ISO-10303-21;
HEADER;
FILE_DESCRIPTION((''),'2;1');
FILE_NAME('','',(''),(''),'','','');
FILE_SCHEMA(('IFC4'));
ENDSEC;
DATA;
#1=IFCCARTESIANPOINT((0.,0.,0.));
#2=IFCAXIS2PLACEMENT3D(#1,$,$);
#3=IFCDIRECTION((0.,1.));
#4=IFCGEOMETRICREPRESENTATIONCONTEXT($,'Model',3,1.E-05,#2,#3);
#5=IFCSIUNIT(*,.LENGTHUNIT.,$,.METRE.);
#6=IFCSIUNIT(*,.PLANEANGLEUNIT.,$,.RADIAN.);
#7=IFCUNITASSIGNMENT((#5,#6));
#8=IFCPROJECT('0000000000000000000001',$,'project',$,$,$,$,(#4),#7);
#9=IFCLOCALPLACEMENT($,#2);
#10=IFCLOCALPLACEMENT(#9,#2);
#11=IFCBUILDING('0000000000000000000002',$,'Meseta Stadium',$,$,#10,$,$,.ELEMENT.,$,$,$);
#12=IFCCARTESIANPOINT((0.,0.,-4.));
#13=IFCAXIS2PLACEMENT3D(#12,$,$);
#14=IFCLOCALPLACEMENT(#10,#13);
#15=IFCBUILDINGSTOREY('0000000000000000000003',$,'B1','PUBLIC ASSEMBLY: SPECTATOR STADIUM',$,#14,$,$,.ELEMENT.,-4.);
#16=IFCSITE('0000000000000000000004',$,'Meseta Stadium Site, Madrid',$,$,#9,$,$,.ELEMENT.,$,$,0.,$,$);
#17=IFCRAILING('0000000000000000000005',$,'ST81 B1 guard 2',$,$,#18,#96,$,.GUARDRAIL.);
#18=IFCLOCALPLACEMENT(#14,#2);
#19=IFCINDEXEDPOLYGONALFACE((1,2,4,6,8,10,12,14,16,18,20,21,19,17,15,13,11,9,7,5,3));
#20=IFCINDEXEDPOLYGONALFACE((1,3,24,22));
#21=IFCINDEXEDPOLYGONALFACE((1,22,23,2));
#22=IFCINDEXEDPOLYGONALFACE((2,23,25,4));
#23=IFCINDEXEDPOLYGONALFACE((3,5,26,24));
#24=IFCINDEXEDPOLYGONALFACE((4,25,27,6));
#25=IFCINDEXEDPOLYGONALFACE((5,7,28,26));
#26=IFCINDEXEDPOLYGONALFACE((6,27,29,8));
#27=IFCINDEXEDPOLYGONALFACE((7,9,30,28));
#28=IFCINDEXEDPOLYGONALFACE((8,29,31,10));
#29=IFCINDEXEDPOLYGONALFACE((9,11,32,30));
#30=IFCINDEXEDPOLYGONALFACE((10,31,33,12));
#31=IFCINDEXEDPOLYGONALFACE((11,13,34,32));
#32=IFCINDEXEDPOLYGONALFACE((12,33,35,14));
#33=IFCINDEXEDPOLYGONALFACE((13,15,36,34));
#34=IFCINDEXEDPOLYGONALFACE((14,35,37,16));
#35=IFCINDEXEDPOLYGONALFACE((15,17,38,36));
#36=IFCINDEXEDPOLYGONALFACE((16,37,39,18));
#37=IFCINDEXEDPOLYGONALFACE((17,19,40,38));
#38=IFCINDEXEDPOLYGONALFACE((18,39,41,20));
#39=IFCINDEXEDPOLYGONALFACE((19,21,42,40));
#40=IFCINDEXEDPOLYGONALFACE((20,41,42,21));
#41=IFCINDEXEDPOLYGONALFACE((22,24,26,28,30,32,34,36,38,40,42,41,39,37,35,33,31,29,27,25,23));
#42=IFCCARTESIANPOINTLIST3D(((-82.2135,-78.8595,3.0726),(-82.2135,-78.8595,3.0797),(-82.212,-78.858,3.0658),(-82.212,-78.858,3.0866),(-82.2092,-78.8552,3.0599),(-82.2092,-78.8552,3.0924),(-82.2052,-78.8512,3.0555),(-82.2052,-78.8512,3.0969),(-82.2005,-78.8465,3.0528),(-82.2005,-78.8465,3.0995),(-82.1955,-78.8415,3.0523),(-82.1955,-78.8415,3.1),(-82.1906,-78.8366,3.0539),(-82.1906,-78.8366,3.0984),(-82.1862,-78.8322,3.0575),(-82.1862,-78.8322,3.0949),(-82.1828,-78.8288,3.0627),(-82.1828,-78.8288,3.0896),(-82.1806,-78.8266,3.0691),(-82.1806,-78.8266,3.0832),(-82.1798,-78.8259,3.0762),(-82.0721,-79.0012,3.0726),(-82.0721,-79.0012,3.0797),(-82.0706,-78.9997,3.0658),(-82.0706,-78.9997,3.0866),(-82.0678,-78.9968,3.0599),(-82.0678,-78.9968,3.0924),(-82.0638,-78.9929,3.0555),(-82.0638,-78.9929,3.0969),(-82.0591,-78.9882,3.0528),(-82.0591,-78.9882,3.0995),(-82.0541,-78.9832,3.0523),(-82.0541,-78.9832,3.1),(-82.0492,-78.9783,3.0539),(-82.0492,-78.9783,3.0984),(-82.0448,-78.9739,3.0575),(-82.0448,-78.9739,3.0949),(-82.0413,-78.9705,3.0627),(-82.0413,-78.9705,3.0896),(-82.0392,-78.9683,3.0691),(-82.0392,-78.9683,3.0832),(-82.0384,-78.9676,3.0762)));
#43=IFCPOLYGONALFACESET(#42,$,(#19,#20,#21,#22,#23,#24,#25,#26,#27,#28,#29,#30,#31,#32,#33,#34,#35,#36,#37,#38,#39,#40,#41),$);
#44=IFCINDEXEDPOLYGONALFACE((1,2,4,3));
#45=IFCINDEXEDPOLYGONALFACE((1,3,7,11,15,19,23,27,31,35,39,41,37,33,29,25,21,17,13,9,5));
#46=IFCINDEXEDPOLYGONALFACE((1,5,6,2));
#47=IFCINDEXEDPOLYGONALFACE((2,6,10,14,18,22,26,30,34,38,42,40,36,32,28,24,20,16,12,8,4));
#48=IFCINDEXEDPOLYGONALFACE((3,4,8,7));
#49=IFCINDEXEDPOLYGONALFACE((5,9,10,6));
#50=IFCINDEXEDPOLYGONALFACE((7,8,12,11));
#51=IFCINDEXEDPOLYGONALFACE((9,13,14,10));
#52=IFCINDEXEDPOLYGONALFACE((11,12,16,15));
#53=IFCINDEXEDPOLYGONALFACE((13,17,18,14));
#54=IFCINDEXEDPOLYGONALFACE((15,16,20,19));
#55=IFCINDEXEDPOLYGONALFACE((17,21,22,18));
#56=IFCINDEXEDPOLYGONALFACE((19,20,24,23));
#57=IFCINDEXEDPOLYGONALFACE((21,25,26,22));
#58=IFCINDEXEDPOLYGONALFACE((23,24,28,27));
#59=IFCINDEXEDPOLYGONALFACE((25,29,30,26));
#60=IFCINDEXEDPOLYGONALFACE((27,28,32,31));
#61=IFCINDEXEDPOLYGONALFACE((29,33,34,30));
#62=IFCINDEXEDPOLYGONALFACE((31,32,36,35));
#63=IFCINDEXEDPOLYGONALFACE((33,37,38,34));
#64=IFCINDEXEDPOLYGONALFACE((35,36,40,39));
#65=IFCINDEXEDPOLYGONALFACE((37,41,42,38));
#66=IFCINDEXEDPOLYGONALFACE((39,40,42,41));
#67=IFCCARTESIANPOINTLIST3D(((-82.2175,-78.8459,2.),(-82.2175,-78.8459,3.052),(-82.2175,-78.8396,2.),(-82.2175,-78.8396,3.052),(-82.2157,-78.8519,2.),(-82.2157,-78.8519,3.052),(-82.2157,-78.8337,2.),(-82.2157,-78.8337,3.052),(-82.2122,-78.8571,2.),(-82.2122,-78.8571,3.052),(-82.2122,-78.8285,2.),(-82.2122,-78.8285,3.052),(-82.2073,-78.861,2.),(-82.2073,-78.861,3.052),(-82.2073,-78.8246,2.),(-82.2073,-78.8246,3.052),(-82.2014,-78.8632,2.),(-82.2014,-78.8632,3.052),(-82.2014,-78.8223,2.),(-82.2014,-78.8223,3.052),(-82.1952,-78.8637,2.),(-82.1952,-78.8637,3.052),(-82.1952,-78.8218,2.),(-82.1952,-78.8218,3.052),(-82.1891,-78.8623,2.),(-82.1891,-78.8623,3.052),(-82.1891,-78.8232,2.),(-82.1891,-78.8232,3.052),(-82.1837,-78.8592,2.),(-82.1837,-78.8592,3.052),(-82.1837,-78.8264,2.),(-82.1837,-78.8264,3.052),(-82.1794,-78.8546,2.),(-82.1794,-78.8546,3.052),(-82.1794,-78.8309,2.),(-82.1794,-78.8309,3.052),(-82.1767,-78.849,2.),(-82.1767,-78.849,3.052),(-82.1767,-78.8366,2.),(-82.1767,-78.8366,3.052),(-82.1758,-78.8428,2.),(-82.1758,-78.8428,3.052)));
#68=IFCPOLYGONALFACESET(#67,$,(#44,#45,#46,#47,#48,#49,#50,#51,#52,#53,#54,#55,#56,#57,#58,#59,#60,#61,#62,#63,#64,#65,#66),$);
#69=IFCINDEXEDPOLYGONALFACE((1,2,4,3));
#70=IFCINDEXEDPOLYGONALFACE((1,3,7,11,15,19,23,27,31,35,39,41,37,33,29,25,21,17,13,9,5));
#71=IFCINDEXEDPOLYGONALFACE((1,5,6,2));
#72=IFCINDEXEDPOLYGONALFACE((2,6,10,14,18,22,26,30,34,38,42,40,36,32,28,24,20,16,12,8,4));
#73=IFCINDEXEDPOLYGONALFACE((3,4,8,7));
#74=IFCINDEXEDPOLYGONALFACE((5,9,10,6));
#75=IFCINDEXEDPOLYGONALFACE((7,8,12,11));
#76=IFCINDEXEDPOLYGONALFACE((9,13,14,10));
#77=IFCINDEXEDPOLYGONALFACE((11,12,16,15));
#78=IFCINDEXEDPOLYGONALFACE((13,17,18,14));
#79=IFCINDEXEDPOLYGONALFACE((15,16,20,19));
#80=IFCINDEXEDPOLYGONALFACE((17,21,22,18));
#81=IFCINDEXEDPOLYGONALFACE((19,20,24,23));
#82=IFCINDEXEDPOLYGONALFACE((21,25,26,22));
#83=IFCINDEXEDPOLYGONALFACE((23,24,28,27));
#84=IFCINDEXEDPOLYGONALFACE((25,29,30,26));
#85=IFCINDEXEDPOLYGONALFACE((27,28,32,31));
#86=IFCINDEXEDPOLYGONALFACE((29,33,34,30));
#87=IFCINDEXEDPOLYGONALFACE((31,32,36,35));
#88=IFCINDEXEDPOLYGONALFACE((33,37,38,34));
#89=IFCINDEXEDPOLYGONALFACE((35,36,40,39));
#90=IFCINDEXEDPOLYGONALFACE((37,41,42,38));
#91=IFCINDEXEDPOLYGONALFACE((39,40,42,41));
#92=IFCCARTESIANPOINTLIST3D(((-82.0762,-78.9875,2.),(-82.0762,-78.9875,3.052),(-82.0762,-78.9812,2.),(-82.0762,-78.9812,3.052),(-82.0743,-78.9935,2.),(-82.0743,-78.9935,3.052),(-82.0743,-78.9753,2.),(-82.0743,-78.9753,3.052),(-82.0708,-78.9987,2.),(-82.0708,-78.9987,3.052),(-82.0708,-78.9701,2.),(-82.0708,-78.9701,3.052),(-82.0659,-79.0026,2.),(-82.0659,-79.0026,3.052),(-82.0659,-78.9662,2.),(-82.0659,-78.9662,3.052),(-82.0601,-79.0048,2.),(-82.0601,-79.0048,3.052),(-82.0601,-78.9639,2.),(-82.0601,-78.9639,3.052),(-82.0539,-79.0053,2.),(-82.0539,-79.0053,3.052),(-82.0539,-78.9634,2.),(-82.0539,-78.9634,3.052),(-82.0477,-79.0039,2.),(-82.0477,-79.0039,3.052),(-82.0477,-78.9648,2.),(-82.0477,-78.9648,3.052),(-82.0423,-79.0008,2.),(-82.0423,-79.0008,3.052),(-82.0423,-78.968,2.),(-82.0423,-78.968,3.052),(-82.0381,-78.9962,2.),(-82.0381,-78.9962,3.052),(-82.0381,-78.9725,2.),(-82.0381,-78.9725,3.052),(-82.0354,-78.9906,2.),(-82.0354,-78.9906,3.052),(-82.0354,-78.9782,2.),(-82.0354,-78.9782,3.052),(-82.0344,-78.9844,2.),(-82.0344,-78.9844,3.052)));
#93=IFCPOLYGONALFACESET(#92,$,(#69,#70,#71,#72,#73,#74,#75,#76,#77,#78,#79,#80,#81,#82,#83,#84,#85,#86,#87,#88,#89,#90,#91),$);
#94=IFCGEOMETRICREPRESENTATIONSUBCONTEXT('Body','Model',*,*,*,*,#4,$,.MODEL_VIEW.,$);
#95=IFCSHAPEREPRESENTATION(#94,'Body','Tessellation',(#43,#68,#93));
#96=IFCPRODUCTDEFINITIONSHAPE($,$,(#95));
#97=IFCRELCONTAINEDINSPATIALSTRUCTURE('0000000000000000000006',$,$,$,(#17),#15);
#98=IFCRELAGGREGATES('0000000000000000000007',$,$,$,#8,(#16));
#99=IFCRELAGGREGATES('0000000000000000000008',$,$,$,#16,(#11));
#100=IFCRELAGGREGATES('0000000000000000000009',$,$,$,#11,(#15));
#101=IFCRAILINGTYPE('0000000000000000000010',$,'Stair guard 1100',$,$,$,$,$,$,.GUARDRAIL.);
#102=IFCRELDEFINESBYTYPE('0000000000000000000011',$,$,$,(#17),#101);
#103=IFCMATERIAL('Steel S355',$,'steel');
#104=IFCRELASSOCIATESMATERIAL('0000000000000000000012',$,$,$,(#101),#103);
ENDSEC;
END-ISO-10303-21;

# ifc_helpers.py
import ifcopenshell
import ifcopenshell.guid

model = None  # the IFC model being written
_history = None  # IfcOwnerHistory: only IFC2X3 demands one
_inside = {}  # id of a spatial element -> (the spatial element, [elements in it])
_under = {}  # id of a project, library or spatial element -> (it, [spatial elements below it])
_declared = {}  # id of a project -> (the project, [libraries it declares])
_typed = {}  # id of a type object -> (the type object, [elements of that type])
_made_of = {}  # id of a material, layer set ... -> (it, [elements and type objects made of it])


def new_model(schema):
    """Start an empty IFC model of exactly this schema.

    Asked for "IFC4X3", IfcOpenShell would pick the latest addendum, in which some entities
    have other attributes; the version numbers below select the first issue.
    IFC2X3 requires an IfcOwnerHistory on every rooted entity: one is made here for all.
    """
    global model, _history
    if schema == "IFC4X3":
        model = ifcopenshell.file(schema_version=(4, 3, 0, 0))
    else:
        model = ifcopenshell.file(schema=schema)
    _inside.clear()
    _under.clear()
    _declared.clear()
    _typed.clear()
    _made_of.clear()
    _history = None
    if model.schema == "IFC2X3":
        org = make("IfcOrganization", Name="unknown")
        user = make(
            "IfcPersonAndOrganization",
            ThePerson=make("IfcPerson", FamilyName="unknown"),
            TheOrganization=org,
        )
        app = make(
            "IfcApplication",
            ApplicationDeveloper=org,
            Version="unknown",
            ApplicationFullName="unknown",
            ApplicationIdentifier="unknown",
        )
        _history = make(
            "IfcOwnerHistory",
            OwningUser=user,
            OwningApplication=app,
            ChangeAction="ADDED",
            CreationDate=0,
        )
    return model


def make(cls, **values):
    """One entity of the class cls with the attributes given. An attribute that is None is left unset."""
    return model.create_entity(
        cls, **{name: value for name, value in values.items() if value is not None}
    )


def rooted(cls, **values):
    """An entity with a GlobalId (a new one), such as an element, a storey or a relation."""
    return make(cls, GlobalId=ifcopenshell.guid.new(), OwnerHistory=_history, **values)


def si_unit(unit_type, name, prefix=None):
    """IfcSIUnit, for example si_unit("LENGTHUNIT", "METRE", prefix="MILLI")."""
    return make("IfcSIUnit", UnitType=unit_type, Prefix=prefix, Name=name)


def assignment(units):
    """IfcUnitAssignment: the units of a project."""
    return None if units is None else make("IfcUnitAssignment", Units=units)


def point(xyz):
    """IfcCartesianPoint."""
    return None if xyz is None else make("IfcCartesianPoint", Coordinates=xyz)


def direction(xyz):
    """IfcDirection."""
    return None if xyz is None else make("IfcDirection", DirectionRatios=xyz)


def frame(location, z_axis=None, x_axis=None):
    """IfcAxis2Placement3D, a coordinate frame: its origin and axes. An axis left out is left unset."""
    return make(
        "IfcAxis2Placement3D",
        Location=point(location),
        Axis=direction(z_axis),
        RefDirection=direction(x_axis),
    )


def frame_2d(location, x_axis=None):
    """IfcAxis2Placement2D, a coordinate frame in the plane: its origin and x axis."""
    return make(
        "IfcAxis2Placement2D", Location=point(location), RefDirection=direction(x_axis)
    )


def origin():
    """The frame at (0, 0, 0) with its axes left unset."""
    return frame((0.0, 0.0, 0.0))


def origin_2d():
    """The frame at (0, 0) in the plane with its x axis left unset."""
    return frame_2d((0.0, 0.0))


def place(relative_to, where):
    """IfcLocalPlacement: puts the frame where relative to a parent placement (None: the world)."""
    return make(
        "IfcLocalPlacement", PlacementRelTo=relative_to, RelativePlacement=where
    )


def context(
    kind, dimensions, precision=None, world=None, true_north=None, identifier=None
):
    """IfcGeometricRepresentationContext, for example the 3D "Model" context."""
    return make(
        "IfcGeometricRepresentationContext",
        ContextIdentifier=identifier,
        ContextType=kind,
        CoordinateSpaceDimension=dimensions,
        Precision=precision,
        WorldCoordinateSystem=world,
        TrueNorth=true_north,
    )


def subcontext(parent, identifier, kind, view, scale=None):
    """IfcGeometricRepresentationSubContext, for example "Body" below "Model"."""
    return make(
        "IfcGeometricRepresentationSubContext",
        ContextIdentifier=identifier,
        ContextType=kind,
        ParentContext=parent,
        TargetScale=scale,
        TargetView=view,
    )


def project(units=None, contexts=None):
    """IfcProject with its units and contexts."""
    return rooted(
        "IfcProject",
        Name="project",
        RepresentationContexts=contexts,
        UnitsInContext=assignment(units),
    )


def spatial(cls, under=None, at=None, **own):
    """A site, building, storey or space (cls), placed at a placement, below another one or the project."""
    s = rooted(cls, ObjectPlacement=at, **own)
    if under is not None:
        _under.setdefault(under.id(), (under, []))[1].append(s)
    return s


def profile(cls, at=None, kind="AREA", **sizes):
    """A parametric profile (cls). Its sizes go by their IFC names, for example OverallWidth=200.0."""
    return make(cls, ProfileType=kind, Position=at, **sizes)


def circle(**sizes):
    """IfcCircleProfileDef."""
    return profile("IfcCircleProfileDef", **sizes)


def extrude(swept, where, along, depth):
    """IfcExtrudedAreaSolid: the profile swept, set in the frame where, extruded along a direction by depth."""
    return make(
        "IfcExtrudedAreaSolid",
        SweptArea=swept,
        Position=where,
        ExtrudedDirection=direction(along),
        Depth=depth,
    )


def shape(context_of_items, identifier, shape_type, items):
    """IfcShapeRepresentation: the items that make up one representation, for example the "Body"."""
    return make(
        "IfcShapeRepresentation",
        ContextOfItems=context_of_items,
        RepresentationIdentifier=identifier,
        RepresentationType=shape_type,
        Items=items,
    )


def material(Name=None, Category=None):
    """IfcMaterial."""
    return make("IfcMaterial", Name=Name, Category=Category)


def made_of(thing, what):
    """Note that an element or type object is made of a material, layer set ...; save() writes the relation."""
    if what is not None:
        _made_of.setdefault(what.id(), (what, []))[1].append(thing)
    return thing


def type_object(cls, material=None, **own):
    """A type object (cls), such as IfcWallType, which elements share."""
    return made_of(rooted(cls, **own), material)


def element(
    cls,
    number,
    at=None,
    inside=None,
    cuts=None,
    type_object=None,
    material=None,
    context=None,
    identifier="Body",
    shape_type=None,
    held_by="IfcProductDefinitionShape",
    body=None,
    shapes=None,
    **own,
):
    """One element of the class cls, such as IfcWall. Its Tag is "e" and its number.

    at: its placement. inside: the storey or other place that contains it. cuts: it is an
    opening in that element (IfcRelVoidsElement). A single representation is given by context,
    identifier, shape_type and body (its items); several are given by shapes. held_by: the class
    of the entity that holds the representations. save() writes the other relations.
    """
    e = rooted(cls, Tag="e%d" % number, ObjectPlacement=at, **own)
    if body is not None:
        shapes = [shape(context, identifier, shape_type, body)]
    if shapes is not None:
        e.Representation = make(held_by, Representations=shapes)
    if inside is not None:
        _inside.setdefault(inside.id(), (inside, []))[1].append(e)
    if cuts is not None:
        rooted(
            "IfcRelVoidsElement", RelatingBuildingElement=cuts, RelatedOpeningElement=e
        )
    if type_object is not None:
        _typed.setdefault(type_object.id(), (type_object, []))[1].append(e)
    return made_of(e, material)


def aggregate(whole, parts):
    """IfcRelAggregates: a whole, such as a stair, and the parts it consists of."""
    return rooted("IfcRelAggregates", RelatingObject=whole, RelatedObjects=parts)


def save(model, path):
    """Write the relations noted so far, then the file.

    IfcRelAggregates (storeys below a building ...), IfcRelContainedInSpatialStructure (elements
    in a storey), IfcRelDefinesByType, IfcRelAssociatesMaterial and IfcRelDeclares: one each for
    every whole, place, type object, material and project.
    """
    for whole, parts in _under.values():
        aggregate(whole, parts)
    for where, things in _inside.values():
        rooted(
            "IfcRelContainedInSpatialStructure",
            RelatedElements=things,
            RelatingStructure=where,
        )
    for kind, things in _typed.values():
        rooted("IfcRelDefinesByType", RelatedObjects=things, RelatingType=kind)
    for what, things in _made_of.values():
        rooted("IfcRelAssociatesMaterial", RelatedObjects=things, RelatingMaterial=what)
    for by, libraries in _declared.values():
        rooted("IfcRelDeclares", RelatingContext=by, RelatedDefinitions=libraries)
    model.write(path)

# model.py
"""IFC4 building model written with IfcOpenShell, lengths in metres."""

from ifc_helpers import new_model, si_unit, direction, frame, origin, origin_2d, place, context, subcontext, project, spatial, circle, extrude, material, type_object, element, save


model = new_model("IFC4")

# Units and contexts
model_context = context("Model", 3, precision=1e-05, world=origin(), true_north=direction((0.0, 1.0)))
body_context = subcontext(model_context, "Body", "Model", "MODEL_VIEW")
ifc_project = project(units=[si_unit("LENGTHUNIT", "METRE"), si_unit("PLANEANGLEUNIT", "RADIAN")], contexts=[model_context])

# Site, building, storey
site_placement = place(None, origin())
site = spatial("IfcSite", under=ifc_project, at=site_placement, Name="Meseta Stadium Site, Madrid", CompositionType="ELEMENT", RefElevation=0.0)
building_placement = place(site_placement, origin())
building = spatial("IfcBuilding", under=site, at=building_placement, Name="Meseta Stadium", CompositionType="ELEMENT")
storey_placement = place(building_placement, frame((0.0, 0.0, -4.0)))
storey = spatial("IfcBuildingStorey", under=building, at=storey_placement, Name="B1", Description="PUBLIC ASSEMBLY: SPECTATOR STADIUM", CompositionType="ELEMENT", Elevation=-4.0)

# Railing
ifc_material_1 = material(Name="Steel S355", Category="steel")
railing_type_1 = type_object("IfcRailingType", Name="Stair guard 1100", PredefinedType="GUARDRAIL", material=ifc_material_1)
railing_1_placement = place(storey_placement, frame((-82.1968, -78.8428, 2.0)))
element("IfcRailing", 1, at=railing_1_placement, inside=storey, type_object=railing_type_1, Name="ST81 B1 guard 2", PredefinedType="GUARDRAIL", context=body_context, shape_type="SweptSolid", body=[
    extrude(circle(Radius=0.0239, at=origin_2d()), frame((0.0, 0.0, 1.0762), z_axis=(0.706496, -0.707717, 0.0), x_axis=(0.707717, 0.706496, 0.0)), (0.0, 0.0, 1.0), 0.2002),
    extrude(circle(Radius=0.021, at=origin_2d()), origin(), (0.0, 0.0, 1.0), 1.052),
    extrude(circle(Radius=0.021, at=origin_2d()), frame((0.1414, -0.1416, 0.0)), (0.0, 0.0, 1.0), 1.052),
])

save(model, "model.ifc")
